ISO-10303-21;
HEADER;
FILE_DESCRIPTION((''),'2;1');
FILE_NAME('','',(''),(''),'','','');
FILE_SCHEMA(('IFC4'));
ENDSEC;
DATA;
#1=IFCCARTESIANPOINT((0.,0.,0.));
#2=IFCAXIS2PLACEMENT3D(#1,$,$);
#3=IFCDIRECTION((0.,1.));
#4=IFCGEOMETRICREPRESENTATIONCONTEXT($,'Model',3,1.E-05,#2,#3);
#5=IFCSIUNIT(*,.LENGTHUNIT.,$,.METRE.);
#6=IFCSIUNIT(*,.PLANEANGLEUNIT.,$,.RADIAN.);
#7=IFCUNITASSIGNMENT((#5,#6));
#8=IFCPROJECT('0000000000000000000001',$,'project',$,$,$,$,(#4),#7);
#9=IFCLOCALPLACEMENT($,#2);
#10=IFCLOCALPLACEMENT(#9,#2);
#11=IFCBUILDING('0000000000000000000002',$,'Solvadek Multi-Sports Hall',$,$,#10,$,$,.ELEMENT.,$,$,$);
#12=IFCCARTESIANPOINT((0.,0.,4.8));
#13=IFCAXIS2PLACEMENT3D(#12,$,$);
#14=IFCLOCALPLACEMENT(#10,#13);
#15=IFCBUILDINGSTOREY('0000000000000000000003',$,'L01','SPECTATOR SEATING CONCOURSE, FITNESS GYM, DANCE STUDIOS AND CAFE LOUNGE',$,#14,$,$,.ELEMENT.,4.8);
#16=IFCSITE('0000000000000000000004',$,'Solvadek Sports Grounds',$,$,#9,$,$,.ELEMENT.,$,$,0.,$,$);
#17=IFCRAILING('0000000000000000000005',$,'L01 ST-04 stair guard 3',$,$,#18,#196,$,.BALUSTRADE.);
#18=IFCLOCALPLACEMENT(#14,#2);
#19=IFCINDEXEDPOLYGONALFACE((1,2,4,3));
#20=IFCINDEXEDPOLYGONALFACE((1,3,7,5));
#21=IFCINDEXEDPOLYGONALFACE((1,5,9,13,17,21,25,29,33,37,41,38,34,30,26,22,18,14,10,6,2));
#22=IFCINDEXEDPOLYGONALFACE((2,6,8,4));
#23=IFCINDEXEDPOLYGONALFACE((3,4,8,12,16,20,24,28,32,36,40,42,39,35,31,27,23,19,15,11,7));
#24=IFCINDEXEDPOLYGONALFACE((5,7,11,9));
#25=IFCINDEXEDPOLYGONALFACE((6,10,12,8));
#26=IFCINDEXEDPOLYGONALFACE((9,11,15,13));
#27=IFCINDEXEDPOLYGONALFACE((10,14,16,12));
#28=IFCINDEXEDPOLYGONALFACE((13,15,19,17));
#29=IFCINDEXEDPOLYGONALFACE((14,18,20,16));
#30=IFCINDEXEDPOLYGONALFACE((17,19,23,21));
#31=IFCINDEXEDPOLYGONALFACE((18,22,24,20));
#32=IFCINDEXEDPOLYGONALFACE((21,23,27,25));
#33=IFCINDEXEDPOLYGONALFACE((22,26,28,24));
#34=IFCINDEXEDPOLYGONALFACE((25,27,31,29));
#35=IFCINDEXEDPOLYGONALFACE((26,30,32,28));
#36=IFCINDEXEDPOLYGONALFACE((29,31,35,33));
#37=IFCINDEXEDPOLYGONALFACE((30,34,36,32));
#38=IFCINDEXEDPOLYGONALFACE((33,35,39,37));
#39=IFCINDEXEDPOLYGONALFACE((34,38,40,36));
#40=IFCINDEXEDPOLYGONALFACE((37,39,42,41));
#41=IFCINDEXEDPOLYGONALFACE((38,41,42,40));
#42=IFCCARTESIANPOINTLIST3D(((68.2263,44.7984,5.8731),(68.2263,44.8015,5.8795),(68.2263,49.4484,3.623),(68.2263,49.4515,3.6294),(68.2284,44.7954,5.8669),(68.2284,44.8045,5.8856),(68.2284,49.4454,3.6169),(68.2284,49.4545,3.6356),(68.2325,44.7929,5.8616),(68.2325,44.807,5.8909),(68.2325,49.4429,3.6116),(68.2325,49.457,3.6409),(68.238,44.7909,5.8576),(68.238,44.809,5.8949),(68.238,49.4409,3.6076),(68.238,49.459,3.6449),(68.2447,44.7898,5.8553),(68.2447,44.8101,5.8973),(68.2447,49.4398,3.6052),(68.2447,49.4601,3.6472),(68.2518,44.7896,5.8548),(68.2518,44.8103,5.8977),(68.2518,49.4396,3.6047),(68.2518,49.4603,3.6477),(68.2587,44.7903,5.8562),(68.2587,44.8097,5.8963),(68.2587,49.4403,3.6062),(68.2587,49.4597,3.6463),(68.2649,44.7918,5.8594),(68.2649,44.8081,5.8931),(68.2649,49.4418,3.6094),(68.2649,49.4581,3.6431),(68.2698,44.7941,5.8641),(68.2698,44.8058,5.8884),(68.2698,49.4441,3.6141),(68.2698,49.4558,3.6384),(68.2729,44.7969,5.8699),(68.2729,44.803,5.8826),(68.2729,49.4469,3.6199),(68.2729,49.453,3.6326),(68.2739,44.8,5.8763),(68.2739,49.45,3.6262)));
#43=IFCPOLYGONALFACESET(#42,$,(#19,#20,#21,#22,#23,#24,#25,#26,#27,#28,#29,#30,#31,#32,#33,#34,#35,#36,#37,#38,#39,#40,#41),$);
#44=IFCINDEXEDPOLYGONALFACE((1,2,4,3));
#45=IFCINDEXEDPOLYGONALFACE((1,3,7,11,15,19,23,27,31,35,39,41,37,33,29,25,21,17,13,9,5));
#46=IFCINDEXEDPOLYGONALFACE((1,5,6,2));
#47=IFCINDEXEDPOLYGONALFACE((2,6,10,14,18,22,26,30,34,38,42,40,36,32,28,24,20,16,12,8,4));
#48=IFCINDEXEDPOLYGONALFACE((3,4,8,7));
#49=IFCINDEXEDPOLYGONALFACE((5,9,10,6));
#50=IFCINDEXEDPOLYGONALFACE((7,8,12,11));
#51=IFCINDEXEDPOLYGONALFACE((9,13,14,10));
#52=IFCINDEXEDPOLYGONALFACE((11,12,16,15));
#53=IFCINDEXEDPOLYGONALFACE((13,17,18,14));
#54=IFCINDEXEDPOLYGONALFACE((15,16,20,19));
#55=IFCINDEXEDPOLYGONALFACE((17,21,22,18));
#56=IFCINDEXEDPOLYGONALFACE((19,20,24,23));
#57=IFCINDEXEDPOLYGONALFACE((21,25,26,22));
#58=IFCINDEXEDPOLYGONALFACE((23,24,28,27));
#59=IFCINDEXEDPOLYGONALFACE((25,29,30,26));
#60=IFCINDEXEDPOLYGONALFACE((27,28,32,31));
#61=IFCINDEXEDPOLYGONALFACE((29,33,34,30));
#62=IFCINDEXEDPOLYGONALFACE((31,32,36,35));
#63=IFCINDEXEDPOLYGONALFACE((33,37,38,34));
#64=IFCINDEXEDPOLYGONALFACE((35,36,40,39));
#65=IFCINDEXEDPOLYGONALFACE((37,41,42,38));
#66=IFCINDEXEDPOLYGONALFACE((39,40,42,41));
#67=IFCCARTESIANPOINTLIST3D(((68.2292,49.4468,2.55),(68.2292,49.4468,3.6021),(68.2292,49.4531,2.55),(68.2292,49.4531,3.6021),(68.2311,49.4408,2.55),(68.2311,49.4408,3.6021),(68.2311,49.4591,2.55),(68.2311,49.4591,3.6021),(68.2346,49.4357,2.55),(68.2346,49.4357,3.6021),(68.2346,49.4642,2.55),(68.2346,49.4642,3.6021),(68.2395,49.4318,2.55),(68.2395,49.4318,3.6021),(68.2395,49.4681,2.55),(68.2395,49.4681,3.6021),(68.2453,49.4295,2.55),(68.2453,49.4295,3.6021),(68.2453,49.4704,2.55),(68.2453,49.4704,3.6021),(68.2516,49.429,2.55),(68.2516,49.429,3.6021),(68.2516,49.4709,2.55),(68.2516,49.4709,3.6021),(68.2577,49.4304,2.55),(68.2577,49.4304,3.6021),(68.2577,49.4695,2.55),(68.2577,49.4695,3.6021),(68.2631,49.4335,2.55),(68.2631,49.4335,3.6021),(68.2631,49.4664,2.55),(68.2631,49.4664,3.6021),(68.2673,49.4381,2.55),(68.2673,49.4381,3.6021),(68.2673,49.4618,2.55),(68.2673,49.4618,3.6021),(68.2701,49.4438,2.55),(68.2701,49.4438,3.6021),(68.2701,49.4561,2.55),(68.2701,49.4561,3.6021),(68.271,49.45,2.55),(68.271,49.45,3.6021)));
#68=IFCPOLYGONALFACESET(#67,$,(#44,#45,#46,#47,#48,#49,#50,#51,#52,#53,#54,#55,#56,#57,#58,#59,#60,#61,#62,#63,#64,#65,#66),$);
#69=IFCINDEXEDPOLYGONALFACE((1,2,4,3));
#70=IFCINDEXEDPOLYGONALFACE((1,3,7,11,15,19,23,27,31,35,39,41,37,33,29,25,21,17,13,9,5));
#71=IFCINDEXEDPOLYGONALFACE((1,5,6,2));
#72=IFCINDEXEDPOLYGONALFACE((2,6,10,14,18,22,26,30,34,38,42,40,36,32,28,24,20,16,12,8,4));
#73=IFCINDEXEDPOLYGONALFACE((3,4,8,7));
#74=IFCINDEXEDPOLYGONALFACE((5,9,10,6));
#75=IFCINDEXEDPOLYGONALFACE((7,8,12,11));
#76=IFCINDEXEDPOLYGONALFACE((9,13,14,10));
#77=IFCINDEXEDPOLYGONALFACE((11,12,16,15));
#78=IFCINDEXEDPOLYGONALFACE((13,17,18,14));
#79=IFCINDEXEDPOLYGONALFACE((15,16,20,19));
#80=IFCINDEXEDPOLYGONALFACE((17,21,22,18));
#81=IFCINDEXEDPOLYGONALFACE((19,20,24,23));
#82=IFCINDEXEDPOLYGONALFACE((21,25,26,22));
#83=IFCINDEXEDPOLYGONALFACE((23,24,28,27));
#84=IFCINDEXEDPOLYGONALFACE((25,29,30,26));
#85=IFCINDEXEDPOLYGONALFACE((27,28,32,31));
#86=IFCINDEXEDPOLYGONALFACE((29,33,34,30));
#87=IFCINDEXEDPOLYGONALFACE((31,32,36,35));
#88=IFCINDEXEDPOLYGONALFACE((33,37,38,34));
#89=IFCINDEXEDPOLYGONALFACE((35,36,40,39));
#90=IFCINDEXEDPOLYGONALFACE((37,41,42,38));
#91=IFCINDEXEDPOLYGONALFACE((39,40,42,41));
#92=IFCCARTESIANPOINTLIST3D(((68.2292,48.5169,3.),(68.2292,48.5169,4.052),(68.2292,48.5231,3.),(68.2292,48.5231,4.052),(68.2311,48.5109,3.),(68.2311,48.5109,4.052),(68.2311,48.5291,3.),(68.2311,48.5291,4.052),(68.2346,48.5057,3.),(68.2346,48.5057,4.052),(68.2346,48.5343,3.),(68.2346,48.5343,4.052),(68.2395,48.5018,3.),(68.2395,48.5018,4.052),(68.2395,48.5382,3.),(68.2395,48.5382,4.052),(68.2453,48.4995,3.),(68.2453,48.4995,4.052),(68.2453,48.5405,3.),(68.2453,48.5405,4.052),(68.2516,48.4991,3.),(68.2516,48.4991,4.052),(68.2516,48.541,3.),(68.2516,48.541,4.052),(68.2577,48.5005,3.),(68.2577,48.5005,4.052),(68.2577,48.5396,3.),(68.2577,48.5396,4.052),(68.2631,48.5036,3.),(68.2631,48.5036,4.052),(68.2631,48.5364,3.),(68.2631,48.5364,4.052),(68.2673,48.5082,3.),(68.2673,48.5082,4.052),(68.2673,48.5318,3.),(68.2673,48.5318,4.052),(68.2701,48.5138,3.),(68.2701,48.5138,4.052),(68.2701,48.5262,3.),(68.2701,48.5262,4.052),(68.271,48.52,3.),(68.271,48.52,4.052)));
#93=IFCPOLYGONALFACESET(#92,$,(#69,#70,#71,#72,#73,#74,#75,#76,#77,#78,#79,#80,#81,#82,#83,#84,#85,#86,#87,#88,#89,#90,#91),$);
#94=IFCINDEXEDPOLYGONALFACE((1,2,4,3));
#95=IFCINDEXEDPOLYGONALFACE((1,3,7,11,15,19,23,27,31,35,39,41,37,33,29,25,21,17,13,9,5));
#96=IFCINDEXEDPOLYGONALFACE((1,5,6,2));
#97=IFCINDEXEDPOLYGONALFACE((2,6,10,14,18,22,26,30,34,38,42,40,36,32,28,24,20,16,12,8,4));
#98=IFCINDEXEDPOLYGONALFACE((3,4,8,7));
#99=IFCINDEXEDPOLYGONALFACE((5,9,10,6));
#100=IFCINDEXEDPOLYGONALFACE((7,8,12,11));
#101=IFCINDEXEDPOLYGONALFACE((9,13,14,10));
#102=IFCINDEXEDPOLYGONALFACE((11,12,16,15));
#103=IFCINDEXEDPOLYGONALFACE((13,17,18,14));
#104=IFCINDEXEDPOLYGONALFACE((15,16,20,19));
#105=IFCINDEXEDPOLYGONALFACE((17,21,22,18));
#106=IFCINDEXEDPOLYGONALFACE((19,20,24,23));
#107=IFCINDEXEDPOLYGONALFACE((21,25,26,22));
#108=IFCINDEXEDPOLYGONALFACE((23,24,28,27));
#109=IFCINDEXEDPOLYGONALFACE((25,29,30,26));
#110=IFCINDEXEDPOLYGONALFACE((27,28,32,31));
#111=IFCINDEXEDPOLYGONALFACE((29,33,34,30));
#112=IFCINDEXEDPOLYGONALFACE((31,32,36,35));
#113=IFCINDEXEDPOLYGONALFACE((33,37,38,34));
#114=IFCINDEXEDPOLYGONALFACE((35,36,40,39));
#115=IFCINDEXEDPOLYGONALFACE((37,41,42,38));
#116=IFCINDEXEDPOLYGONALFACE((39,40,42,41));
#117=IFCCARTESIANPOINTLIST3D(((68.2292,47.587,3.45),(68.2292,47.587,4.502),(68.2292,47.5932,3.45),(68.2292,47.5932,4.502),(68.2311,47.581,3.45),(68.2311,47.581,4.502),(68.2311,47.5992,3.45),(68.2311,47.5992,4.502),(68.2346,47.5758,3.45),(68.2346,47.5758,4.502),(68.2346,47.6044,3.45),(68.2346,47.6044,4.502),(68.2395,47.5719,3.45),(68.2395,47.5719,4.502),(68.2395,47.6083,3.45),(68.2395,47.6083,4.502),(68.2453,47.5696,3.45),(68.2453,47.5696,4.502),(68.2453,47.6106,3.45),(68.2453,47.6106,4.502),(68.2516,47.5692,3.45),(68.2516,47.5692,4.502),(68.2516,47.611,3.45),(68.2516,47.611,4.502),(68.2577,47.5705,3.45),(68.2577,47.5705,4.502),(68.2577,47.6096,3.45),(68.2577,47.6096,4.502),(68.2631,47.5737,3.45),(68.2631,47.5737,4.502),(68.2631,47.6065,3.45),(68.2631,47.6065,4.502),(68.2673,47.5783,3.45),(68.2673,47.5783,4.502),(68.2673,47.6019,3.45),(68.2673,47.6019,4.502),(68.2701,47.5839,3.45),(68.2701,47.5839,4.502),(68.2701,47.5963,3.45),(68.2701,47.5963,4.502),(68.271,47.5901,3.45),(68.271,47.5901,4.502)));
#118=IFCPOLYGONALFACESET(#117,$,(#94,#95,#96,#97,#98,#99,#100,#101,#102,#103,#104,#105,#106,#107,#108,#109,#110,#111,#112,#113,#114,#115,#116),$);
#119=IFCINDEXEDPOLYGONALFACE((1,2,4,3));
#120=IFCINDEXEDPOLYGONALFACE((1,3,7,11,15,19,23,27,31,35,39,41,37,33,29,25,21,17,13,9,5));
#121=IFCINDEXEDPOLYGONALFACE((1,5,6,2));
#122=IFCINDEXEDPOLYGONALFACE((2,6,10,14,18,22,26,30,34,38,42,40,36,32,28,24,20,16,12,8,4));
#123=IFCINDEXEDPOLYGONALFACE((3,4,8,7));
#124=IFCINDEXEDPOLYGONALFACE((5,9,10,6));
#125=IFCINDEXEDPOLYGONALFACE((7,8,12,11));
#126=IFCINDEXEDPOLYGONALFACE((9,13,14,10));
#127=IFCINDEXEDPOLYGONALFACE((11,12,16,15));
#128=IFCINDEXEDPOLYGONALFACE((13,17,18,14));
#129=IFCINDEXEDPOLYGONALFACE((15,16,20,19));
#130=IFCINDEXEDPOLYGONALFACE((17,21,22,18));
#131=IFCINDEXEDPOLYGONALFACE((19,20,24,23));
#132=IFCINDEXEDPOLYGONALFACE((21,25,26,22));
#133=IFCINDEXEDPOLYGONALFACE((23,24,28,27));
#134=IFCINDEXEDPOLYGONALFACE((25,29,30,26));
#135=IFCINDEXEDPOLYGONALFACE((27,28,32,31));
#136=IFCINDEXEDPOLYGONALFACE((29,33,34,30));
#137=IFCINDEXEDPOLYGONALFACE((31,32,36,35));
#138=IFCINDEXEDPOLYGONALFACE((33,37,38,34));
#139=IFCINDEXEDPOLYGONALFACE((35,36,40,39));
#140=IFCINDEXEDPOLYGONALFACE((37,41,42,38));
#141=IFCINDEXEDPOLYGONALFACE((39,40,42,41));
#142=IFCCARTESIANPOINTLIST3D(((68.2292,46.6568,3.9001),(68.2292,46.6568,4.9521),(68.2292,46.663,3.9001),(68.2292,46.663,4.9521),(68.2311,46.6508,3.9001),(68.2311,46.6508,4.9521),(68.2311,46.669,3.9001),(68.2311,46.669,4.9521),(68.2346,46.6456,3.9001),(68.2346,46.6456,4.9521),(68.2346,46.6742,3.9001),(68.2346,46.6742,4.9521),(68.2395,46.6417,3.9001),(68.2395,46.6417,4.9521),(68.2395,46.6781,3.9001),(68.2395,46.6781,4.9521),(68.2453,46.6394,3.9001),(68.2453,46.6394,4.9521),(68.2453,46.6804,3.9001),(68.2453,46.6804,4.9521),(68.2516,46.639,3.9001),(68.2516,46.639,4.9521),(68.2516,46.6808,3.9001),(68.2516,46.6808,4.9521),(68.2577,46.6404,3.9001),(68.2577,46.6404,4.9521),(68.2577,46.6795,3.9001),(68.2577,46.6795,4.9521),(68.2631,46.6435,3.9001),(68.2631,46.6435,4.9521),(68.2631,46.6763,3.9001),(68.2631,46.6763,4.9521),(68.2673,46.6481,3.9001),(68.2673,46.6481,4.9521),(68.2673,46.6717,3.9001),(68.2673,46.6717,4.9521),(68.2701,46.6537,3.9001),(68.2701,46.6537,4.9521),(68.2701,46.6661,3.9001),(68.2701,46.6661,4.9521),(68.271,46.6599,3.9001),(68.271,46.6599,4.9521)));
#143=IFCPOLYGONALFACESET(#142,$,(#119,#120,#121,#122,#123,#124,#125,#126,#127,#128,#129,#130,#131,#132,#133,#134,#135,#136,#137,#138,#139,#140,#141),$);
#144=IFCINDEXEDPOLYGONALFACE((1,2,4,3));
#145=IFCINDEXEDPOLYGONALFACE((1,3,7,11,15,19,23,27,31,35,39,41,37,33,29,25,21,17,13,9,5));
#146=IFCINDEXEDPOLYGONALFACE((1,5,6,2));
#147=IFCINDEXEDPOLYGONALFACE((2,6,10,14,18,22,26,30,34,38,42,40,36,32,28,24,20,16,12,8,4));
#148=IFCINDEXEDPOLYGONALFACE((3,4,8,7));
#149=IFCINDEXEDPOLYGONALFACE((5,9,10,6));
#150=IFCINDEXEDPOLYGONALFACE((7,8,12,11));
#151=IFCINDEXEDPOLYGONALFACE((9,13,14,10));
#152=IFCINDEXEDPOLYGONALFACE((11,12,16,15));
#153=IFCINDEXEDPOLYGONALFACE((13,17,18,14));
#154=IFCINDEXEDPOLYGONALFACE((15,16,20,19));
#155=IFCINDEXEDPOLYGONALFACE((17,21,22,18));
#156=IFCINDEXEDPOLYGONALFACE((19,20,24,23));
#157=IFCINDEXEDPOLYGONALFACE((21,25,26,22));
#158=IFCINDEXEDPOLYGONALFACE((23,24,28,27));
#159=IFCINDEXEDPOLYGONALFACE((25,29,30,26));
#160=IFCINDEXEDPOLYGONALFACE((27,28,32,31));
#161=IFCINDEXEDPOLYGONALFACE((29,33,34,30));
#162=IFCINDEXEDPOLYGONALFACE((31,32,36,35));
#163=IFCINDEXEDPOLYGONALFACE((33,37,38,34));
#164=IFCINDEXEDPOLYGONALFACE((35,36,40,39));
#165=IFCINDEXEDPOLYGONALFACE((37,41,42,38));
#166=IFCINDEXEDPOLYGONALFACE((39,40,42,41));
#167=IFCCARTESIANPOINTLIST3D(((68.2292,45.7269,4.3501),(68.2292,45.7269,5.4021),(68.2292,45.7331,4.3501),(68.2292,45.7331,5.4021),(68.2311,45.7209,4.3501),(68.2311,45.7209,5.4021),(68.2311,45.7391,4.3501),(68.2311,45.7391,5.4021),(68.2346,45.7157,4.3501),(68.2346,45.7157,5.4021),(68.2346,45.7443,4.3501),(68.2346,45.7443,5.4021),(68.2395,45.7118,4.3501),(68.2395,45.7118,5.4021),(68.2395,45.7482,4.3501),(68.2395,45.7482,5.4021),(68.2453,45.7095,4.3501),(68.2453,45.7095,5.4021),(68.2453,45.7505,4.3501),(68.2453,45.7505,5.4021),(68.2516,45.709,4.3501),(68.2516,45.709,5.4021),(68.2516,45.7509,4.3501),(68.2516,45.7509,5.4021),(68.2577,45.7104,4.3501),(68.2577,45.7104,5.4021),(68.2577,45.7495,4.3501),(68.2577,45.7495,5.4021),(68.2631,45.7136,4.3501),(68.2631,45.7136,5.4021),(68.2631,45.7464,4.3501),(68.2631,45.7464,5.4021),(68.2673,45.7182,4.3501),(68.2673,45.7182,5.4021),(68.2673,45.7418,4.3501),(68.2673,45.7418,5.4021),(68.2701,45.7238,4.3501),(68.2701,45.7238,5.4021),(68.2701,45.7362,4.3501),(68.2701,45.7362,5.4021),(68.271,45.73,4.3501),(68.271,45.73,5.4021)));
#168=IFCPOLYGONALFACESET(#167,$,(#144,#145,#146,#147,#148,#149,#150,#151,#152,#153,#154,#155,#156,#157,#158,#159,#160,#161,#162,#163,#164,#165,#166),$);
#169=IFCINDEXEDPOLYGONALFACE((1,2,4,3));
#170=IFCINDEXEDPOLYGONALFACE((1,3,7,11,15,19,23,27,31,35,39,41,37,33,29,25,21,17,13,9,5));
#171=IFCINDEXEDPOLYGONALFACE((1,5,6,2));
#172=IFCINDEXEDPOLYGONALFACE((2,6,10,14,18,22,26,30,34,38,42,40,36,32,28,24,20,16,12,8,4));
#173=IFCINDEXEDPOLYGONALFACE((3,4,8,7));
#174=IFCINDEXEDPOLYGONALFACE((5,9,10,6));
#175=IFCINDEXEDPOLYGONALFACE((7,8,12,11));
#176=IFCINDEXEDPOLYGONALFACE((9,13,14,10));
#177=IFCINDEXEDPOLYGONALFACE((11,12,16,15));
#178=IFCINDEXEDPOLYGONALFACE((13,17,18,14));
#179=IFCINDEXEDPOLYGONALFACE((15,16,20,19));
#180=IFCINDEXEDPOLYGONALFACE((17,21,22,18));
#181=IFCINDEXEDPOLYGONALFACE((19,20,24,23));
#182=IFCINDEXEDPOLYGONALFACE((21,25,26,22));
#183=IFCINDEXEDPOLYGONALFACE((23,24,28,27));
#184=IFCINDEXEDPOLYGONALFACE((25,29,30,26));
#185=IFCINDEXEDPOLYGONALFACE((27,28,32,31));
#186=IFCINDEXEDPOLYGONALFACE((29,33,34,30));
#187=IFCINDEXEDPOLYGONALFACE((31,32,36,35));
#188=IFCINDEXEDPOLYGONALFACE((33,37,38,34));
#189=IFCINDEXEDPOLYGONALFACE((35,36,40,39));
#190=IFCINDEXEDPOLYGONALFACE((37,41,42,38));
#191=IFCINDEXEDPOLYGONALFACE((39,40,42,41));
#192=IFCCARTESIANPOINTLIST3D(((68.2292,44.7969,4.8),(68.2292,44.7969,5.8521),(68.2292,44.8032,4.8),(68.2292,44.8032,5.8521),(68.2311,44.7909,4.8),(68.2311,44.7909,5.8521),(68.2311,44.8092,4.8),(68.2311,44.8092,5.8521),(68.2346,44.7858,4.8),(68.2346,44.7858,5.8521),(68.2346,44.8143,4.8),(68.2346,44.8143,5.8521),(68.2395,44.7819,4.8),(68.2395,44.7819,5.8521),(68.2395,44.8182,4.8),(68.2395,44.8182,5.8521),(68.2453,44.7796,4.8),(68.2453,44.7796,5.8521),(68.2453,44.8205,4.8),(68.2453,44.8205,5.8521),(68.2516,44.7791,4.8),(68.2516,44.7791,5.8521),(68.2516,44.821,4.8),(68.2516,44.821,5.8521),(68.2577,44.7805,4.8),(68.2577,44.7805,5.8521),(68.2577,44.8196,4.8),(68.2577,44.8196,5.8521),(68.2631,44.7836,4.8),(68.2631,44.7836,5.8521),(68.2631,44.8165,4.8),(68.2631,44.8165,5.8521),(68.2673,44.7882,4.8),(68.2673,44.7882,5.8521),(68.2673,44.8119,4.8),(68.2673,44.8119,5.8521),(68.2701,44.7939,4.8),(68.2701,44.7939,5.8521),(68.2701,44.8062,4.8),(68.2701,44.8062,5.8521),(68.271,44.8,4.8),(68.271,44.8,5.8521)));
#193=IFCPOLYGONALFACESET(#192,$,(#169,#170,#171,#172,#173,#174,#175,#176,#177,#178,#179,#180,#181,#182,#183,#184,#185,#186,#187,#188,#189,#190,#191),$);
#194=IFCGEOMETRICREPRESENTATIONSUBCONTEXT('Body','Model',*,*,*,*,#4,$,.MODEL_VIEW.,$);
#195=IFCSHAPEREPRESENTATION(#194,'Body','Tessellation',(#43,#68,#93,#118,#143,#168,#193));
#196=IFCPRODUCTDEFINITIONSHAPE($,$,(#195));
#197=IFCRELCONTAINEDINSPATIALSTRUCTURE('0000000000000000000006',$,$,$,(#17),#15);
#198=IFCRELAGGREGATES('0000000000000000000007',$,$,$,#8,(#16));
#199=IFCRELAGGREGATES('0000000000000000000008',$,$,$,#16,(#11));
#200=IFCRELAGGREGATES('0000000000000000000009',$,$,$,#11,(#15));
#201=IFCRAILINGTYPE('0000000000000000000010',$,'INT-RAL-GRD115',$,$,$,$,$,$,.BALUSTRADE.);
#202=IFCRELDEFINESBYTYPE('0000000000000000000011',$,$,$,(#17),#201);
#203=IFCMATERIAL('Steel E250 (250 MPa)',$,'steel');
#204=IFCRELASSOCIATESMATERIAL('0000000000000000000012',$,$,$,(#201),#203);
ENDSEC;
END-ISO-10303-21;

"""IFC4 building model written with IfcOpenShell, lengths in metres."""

from ifc_helpers import new_model, si_unit, direction, frame, origin, origin_2d, place, context, subcontext, project, spatial, circle, extrude, material, type_object, element, save


model = new_model("IFC4")

# Units and contexts
model_context = context("Model", 3, precision=1e-05, world=origin(), true_north=direction((0.0, 1.0)))
body_context = subcontext(model_context, "Body", "Model", "MODEL_VIEW")
ifc_project = project(units=[si_unit("LENGTHUNIT", "METRE"), si_unit("PLANEANGLEUNIT", "RADIAN")], contexts=[model_context])

# Site, building, storey
site_placement = place(None, origin())
site = spatial("IfcSite", under=ifc_project, at=site_placement, Name="Solvadek Sports Grounds", CompositionType="ELEMENT", RefElevation=0.0)
building_placement = place(site_placement, origin())
building = spatial("IfcBuilding", under=site, at=building_placement, Name="Solvadek Multi-Sports Hall", CompositionType="ELEMENT")
storey_placement = place(building_placement, frame((0.0, 0.0, 4.8)))
storey = spatial("IfcBuildingStorey", under=building, at=storey_placement, Name="L01", Description="SPECTATOR SEATING CONCOURSE, FITNESS GYM, DANCE STUDIOS AND CAFE LOUNGE", CompositionType="ELEMENT", Elevation=4.8)

# Shared definitions
ifc_material_1 = material(Name="Steel E250 (250 MPa)", Category="steel")

# Railing
railing_type_1 = type_object("IfcRailingType", Name="INT-RAL-GRD115", PredefinedType="BALUSTRADE", material=ifc_material_1)
railing_1_placement = place(storey_placement, frame((68.25, 49.45, 2.55)))
element("IfcRailing", 1, at=railing_1_placement, inside=storey, type_object=railing_type_1, Name="L01 ST-04 stair guard 3", PredefinedType="BALUSTRADE", context=body_context, shape_type="SweptSolid", body=[
    extrude(circle(Radius=0.0239, at=origin_2d()), frame((0.0, 0.0, 1.0762), z_axis=(0.0, -0.900156, 0.435568), x_axis=(1.0, 0.0, 0.0)), (0.0, 0.0, 1.0), 5.1658),
    extrude(circle(Radius=0.021, at=origin_2d()), origin(), (0.0, 0.0, 1.0), 1.052),
    extrude(circle(Radius=0.021, at=origin_2d()), frame((0.0, -0.9299, 0.45)), (0.0, 0.0, 1.0), 1.052),
    extrude(circle(Radius=0.021, at=origin_2d()), frame((0.0, -1.8599, 0.8999)), (0.0, 0.0, 1.0), 1.052),
    extrude(circle(Radius=0.021, at=origin_2d()), frame((0.0, -2.79, 1.3501)), (0.0, 0.0, 1.0), 1.052),
    extrude(circle(Radius=0.021, at=origin_2d()), frame((0.0, -3.72, 1.8)), (0.0, 0.0, 1.0), 1.052),
    extrude(circle(Radius=0.021, at=origin_2d()), frame((0.0, -4.6499, 2.25)), (0.0, 0.0, 1.0), 1.052),
])

save(model, "model.ifc")
